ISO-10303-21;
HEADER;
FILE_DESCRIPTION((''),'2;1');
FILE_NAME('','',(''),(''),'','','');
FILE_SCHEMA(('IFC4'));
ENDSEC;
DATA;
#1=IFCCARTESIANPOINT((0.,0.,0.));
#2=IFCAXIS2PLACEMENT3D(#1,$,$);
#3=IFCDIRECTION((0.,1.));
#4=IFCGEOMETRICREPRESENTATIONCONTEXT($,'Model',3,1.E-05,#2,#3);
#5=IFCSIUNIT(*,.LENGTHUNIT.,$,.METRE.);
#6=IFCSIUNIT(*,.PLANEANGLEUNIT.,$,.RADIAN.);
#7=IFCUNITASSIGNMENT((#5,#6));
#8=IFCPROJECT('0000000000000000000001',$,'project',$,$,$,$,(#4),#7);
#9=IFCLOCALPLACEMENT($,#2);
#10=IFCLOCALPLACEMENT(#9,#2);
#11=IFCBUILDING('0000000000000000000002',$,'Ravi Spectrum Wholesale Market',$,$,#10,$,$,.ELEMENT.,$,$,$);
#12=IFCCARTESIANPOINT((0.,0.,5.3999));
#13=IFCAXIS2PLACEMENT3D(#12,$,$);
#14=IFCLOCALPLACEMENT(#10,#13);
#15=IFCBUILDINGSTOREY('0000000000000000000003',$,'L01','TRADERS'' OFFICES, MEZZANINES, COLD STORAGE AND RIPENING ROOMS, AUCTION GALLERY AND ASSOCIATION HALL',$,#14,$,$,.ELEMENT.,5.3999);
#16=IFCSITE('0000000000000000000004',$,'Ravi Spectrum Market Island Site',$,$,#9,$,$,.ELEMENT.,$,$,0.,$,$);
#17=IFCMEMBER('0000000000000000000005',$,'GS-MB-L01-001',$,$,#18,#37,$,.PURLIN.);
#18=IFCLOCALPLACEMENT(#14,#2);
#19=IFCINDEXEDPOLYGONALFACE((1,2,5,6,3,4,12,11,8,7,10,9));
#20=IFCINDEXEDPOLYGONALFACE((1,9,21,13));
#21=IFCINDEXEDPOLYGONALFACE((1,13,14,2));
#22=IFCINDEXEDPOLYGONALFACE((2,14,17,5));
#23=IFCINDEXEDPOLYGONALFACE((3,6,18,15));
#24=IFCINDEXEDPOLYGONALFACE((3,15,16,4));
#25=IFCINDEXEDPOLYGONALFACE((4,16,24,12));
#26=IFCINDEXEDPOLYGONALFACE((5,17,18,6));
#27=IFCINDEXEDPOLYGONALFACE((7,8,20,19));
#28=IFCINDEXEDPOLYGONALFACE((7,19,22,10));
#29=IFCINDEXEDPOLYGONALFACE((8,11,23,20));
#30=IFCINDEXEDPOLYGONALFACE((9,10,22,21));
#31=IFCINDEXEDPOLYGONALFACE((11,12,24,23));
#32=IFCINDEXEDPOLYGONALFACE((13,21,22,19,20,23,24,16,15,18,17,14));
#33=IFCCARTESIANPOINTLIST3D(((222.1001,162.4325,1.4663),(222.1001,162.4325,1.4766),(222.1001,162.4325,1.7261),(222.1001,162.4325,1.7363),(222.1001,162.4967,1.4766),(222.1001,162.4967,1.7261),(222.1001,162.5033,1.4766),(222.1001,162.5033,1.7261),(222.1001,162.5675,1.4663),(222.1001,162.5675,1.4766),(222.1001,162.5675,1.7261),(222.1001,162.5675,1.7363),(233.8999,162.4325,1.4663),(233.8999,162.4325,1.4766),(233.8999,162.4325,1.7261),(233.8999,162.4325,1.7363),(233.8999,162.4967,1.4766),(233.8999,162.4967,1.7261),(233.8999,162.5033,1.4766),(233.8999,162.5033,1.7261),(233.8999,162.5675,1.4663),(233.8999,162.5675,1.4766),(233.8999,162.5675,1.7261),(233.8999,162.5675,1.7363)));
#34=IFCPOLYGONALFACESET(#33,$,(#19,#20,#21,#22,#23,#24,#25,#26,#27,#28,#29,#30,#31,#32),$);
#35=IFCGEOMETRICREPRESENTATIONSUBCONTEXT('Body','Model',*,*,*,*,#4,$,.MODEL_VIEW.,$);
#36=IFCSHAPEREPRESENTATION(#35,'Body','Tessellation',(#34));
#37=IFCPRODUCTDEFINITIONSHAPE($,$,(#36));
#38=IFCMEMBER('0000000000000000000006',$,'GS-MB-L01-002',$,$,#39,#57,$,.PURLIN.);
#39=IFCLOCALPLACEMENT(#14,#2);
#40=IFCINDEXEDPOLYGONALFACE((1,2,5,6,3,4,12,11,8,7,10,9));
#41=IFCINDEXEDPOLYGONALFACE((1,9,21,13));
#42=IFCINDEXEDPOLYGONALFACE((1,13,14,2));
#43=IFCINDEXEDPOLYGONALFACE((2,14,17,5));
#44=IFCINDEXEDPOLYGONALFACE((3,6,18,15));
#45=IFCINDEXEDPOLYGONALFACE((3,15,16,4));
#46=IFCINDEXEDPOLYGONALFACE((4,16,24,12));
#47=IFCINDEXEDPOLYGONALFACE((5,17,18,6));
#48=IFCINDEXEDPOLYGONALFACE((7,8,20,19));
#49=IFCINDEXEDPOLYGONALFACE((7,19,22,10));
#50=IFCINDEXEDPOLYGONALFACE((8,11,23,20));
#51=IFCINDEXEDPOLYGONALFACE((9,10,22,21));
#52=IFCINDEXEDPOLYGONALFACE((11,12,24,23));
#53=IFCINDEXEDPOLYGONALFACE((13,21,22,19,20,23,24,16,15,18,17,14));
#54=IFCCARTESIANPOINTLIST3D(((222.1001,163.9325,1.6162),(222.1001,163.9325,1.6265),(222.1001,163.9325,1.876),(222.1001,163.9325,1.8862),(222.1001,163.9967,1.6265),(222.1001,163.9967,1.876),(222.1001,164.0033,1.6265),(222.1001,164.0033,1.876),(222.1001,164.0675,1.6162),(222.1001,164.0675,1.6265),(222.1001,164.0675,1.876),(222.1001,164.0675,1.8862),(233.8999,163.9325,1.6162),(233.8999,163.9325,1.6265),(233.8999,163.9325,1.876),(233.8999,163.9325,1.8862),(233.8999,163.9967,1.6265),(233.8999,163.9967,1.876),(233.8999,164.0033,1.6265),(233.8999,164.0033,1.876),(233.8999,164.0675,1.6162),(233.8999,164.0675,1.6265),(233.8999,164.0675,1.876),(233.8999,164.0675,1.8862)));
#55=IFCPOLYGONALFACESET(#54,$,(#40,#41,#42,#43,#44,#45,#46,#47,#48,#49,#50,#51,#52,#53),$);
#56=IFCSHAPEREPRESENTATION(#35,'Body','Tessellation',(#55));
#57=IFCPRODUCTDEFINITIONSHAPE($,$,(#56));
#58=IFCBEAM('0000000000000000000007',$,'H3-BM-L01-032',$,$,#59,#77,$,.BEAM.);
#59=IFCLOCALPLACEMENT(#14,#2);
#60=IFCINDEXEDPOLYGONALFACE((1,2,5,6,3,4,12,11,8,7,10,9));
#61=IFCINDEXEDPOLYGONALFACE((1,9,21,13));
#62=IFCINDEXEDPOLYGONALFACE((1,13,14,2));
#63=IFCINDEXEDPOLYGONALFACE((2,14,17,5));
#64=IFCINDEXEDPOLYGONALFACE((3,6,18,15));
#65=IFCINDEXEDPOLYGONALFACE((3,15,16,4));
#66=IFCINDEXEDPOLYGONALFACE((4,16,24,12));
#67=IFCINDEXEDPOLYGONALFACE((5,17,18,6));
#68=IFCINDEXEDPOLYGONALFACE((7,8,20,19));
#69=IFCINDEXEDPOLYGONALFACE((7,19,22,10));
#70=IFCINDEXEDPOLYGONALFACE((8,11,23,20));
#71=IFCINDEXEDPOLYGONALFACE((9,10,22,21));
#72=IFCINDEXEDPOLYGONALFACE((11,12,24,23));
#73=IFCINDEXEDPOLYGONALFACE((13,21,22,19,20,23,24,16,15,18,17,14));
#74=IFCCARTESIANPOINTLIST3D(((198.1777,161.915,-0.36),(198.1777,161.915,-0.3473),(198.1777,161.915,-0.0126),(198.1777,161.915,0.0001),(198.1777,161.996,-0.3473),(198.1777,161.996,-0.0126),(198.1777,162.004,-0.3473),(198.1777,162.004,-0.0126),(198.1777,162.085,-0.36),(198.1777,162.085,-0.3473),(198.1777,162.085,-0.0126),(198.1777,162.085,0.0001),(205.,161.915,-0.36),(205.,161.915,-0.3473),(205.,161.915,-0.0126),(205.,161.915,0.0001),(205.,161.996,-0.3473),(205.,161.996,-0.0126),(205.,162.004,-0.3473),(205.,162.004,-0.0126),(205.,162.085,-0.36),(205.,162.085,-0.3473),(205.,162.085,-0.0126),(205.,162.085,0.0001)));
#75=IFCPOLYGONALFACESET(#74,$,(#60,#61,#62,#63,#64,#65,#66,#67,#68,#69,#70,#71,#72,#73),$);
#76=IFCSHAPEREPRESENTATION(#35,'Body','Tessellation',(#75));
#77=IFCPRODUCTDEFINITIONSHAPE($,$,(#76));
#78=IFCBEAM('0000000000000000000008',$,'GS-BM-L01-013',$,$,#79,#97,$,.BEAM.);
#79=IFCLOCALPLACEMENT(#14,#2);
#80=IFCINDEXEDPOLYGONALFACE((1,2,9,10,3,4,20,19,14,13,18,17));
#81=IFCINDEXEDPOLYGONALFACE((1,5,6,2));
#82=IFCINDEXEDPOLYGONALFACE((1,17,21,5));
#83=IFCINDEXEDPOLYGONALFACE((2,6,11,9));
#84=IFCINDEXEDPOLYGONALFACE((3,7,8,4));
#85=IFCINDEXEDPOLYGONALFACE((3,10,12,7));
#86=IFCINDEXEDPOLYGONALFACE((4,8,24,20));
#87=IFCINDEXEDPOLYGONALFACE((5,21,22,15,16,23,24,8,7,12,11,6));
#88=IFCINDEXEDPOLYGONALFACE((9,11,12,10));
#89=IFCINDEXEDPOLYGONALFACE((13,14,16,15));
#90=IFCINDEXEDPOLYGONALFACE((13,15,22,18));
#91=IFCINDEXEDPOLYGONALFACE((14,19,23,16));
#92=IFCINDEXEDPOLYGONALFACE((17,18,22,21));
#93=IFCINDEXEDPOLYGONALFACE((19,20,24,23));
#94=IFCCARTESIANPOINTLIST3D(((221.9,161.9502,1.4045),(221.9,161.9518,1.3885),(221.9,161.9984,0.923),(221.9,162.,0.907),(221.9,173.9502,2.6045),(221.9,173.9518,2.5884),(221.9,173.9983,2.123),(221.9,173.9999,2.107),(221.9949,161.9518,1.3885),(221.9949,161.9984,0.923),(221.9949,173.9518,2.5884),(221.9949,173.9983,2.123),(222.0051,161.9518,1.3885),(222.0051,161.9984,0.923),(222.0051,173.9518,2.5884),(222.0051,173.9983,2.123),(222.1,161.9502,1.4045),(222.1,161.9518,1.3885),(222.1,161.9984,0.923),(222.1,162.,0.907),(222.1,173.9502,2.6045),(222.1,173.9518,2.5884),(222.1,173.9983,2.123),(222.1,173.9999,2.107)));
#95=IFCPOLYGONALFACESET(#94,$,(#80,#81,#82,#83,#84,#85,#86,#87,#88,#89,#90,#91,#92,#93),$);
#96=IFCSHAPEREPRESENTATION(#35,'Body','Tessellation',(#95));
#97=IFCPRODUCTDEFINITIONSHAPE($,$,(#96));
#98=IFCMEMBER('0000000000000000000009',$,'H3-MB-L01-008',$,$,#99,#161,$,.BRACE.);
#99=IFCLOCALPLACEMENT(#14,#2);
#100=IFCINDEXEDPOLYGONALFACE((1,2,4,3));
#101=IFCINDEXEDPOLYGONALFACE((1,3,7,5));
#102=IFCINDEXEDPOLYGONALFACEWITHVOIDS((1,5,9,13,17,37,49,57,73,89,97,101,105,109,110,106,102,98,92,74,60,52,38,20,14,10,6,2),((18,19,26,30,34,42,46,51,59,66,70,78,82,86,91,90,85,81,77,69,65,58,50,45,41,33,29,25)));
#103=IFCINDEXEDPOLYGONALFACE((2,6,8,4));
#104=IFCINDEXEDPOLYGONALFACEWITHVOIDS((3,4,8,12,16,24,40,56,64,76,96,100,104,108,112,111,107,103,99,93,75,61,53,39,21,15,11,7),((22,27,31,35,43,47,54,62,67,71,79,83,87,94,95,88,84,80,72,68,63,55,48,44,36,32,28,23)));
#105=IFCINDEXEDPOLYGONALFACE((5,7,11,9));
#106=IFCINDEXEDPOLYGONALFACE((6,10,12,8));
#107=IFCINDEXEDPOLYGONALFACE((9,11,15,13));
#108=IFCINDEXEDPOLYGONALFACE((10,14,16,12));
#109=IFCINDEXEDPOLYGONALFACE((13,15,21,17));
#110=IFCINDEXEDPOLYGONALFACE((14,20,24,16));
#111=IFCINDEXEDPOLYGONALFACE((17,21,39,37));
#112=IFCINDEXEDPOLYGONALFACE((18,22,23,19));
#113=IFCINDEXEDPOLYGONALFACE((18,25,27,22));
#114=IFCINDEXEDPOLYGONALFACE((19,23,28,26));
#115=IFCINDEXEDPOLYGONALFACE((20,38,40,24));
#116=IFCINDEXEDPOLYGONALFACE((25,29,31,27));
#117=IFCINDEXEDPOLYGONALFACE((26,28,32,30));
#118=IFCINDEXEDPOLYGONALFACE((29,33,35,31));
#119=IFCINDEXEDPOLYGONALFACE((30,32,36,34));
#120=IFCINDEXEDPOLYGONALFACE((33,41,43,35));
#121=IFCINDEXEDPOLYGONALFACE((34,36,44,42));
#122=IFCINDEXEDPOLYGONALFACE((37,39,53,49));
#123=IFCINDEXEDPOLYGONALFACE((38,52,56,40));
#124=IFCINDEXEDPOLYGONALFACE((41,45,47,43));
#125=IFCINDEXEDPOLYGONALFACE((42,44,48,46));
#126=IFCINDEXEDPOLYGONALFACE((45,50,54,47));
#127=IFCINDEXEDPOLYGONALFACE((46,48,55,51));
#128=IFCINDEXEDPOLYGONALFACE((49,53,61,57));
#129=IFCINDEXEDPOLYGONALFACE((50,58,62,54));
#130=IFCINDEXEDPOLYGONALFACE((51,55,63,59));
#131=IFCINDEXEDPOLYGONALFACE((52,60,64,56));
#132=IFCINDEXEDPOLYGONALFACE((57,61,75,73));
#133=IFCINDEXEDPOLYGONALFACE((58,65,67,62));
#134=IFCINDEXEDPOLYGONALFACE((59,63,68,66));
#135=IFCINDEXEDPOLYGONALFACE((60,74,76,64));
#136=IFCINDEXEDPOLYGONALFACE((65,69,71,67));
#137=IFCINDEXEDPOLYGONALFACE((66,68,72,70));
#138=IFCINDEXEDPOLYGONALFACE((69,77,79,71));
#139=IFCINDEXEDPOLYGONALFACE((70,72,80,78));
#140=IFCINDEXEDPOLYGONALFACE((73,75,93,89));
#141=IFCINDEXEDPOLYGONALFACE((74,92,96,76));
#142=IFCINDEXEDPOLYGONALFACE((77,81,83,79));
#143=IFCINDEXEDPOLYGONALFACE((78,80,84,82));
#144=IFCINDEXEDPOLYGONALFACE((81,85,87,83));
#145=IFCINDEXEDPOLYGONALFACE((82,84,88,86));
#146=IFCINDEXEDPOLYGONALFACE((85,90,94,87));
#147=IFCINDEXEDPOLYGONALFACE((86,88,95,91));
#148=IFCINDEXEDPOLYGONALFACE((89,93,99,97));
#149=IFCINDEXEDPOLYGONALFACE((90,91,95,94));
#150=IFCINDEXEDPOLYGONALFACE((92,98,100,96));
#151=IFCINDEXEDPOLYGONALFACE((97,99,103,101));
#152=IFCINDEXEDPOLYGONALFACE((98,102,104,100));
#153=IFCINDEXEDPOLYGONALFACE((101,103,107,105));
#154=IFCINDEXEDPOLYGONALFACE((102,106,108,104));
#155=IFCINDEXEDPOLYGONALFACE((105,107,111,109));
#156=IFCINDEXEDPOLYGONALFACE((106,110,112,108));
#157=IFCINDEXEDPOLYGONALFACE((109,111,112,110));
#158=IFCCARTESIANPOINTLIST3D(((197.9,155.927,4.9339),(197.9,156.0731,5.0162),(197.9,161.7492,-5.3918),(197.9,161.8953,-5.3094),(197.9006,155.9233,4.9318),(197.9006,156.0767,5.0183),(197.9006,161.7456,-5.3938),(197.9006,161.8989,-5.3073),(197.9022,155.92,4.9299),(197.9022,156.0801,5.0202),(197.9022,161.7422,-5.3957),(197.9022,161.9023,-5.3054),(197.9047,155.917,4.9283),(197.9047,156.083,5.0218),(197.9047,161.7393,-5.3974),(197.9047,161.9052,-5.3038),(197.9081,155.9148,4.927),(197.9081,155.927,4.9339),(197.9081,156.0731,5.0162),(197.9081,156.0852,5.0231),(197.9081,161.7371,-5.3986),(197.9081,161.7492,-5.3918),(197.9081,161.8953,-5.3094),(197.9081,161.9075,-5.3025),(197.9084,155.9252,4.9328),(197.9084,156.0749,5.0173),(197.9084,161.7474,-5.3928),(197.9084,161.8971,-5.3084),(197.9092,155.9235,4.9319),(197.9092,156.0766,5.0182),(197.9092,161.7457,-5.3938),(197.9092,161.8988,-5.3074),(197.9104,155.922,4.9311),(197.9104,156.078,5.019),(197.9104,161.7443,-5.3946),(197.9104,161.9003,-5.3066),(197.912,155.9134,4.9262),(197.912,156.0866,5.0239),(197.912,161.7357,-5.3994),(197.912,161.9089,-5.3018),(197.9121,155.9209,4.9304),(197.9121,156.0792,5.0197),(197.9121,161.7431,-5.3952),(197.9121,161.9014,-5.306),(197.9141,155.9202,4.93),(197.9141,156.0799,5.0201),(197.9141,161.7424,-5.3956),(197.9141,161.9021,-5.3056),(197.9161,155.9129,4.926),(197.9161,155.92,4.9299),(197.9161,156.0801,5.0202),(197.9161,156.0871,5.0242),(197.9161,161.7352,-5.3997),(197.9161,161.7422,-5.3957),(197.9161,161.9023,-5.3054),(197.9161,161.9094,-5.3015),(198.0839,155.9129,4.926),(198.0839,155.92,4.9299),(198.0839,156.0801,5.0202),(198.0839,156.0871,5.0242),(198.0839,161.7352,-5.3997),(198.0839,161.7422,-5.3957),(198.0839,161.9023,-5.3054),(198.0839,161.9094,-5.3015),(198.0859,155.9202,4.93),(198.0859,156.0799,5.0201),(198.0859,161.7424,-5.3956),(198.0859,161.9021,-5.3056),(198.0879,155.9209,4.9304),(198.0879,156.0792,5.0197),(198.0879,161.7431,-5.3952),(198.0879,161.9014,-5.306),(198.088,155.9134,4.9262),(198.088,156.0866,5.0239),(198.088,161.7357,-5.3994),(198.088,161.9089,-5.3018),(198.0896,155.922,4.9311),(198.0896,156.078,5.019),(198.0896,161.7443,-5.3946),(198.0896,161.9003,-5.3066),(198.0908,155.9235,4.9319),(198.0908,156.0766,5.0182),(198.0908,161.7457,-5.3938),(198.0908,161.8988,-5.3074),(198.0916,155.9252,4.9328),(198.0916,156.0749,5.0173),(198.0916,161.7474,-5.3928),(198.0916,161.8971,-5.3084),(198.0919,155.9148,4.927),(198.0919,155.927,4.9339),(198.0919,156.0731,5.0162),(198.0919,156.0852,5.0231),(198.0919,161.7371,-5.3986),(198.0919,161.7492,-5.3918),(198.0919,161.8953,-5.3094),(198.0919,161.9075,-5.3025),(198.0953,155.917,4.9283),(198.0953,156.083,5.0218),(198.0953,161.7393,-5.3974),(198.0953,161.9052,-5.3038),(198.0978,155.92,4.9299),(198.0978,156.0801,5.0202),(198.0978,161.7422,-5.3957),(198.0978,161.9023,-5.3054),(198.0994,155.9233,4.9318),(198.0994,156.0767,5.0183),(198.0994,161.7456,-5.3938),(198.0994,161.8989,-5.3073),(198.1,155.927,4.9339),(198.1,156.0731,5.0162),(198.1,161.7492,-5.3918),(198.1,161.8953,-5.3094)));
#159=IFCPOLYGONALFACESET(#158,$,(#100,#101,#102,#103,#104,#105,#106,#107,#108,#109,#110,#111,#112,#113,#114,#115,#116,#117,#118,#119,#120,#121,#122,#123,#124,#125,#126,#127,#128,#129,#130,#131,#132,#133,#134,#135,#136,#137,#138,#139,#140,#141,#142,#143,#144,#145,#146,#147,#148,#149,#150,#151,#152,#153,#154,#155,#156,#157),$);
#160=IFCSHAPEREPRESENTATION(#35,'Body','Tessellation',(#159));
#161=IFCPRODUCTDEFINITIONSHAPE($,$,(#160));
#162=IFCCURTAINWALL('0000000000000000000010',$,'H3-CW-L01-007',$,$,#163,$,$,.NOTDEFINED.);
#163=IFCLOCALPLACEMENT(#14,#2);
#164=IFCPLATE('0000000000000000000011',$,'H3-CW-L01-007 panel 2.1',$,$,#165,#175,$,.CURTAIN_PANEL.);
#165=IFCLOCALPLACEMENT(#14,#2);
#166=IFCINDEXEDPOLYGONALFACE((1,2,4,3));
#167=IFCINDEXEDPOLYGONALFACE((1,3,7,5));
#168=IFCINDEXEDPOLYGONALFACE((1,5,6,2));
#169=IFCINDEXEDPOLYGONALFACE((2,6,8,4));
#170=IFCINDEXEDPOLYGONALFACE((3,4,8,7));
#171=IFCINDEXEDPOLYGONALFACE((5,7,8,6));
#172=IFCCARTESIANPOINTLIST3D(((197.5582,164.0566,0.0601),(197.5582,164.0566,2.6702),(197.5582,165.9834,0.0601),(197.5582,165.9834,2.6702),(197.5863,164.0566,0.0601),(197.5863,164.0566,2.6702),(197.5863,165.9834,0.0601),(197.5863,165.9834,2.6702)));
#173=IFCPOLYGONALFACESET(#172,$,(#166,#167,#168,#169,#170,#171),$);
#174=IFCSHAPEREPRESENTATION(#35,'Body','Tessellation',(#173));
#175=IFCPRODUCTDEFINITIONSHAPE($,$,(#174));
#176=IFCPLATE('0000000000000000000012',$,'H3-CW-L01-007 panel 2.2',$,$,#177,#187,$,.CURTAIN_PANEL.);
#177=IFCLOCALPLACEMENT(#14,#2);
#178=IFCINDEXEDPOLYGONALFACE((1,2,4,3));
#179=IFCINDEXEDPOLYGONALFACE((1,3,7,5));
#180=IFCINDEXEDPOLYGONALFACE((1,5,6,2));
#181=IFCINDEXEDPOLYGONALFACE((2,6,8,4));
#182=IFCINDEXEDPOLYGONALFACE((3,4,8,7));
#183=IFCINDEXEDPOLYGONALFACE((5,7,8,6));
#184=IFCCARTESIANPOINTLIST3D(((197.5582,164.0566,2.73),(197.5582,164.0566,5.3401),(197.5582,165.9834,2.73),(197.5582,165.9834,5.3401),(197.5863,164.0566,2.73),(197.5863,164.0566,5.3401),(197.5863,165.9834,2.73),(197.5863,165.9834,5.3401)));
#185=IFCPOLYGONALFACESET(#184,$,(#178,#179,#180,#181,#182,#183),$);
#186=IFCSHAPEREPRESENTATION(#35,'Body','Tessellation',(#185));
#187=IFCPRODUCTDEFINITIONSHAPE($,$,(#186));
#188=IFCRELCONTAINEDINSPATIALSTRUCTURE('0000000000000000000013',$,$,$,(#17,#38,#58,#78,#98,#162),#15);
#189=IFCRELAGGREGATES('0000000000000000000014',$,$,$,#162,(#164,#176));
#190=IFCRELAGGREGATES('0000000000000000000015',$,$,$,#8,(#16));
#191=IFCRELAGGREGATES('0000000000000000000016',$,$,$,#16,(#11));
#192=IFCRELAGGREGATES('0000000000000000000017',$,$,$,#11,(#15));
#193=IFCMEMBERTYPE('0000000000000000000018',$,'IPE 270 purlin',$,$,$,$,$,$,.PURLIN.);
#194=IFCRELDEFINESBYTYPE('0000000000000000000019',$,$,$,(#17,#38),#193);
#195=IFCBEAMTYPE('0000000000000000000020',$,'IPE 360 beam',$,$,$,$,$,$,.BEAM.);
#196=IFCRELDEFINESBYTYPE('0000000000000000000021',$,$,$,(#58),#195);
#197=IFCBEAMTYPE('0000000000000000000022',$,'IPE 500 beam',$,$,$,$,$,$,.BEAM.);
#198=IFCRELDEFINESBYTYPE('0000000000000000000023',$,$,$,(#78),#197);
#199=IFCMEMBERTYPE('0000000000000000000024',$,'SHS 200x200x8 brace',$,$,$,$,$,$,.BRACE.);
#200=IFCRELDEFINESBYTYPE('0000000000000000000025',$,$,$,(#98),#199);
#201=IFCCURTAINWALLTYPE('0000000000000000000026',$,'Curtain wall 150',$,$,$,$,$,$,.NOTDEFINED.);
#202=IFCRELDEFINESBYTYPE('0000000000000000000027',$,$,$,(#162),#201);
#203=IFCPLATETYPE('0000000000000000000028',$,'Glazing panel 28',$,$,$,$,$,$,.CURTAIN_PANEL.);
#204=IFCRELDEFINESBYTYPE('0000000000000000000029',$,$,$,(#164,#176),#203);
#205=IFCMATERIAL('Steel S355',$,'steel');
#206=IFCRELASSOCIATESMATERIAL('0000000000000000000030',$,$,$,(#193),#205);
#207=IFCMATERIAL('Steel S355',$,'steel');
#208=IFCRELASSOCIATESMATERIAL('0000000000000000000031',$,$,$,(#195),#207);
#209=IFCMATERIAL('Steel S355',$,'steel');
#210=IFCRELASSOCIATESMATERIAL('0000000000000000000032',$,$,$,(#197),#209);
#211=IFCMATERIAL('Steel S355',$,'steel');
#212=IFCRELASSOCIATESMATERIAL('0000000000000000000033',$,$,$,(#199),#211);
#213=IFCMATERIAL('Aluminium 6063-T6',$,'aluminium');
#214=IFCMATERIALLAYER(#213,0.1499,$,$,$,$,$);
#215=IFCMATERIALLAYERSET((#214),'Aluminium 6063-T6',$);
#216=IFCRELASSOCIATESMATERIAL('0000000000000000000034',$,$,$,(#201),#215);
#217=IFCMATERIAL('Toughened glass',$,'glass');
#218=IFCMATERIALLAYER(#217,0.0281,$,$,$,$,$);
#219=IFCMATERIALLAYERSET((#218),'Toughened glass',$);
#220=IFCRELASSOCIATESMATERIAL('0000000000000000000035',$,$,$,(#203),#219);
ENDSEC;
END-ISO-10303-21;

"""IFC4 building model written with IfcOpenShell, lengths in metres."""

from ifc_helpers import new_model, si_unit, direction, frame, origin, origin_2d, place, context, subcontext, project, spatial, rectangle, hollow_rectangle, i_section, extrude, material, layer, layer_set, material_profile, profile_set, type_object, element, aggregate, save


model = new_model("IFC4")

# Units and contexts
model_context = context("Model", 3, precision=1e-05, world=origin(), true_north=direction((0.0, 1.0)))
body_context = subcontext(model_context, "Body", "Model", "MODEL_VIEW")
ifc_project = project(units=[si_unit("LENGTHUNIT", "METRE"), si_unit("PLANEANGLEUNIT", "RADIAN")], contexts=[model_context])

# Site, building, storey
site_placement = place(None, origin())
site = spatial("IfcSite", under=ifc_project, at=site_placement, Name="Ravi Spectrum Market Island Site", CompositionType="ELEMENT", RefElevation=0.0)
building_placement = place(site_placement, origin())
building = spatial("IfcBuilding", under=site, at=building_placement, Name="Ravi Spectrum Wholesale Market", CompositionType="ELEMENT")
storey_placement = place(building_placement, frame((0.0, 0.0, 5.3999)))
storey = spatial("IfcBuildingStorey", under=building, at=storey_placement, Name="L01", Description="TRADERS' OFFICES, MEZZANINES, COLD STORAGE AND RIPENING ROOMS, AUCTION GALLERY AND ASSOCIATION HALL", CompositionType="ELEMENT", Elevation=5.3999)

# Members
ifc_material_1 = material(Name="Steel S355", Category="steel")
ifc_material_profile_1 = material_profile(ifc_material_1, i_section(OverallWidth=0.135, OverallDepth=0.27, WebThickness=0.0066, FlangeThickness=0.0103, at=origin_2d()))
ifc_profile_set_1 = profile_set([ifc_material_profile_1], Name="Steel S355")
member_type_1 = type_object("IfcMemberType", Name="IPE 270 purlin", PredefinedType="PURLIN", material=ifc_profile_set_1)
for number, where, z_axis, x_axis, name in (
    (1, (222.1001, 162.5, 1.6013), (1.0, 0.0, 0.0), (0.0, 1.0, 0.0), "GS-MB-L01-001"),
    (2, (222.1001, 164.0, 1.7512), (1.0, 0.0, 0.0), (0.0, 1.0, 0.0), "GS-MB-L01-002"),
):
    element("IfcMember", number, at=place(storey_placement, frame(where, z_axis=z_axis, x_axis=x_axis)), inside=storey, type_object=member_type_1, Name=name, PredefinedType="PURLIN", context=body_context, shape_type="SweptSolid", body=[
        extrude(i_section(OverallWidth=0.135, OverallDepth=0.27, WebThickness=0.0066, FlangeThickness=0.0103, at=origin_2d()), origin(), (0.0, 0.0, 1.0), 11.7998),
    ])

# Beams
ifc_material_2 = material(Name="Steel S355", Category="steel")
ifc_material_profile_2 = material_profile(ifc_material_2, i_section(OverallWidth=0.1699, OverallDepth=0.3601, WebThickness=0.0081, FlangeThickness=0.0127, at=origin_2d()))
ifc_profile_set_2 = profile_set([ifc_material_profile_2], Name="Steel S355")
beam_type_1 = type_object("IfcBeamType", Name="IPE 360 beam", PredefinedType="BEAM", material=ifc_profile_set_2)
beam_1_placement = place(storey_placement, frame((198.1777, 162.0, -0.1799), z_axis=(1.0, 0.0, 0.0), x_axis=(0.0, 1.0, 0.0)))
element("IfcBeam", 3, at=beam_1_placement, inside=storey, type_object=beam_type_1, Name="H3-BM-L01-032", PredefinedType="BEAM", context=body_context, shape_type="SweptSolid", body=[
    extrude(i_section(OverallWidth=0.1699, OverallDepth=0.3601, WebThickness=0.0081, FlangeThickness=0.0127, at=origin_2d()), origin(), (0.0, 0.0, 1.0), 6.8223),
])
ifc_material_3 = material(Name="Steel S355", Category="steel")
ifc_material_profile_3 = material_profile(ifc_material_3, i_section(OverallWidth=0.2, OverallDepth=0.5, WebThickness=0.0103, FlangeThickness=0.0161, at=origin_2d()))
ifc_profile_set_3 = profile_set([ifc_material_profile_3], Name="Steel S355")
beam_type_2 = type_object("IfcBeamType", Name="IPE 500 beam", PredefinedType="BEAM", material=ifc_profile_set_3)
beam_2_placement = place(storey_placement, frame((222.0, 161.9751, 1.1558), z_axis=(0.0, 0.995038, 0.0995), x_axis=(-1.0, 0.0, 0.0)))
element("IfcBeam", 4, at=beam_2_placement, inside=storey, type_object=beam_type_2, Name="GS-BM-L01-013", PredefinedType="BEAM", context=body_context, shape_type="SweptSolid", body=[
    extrude(i_section(OverallWidth=0.2, OverallDepth=0.5, WebThickness=0.0103, FlangeThickness=0.0161, at=origin_2d()), origin(), (0.0, 0.0, 1.0), 12.0598),
])

# Member
ifc_material_4 = material(Name="Steel S355", Category="steel")
ifc_material_profile_4 = material_profile(ifc_material_4, hollow_rectangle(XDim=0.2, YDim=0.2, WallThickness=0.0081, InnerFilletRadius=0.0081, OuterFilletRadius=0.0161, at=origin_2d()))
ifc_profile_set_4 = profile_set([ifc_material_profile_4], Name="Steel S355")
member_type_2 = type_object("IfcMemberType", Name="SHS 200x200x8 brace", PredefinedType="BRACE", material=ifc_profile_set_4)
member_placement = place(storey_placement, frame((198.0, 161.8223, -5.3506), z_axis=(0.0, -0.491163, 0.871068), x_axis=(1.0, 0.0, 0.0)))
element("IfcMember", 5, at=member_placement, inside=storey, type_object=member_type_2, Name="H3-MB-L01-008", PredefinedType="BRACE", context=body_context, shape_type="SweptSolid", body=[
    extrude(hollow_rectangle(XDim=0.2, YDim=0.2, WallThickness=0.0081, InnerFilletRadius=0.0081, OuterFilletRadius=0.0161, at=origin_2d()), origin(), (0.0, 0.0, 1.0), 11.854),
])

# Curtain wall, plates
ifc_material_5 = material(Name="Aluminium 6063-T6", Category="aluminium")
ifc_layer_1 = layer(ifc_material_5, 0.1499)
ifc_layer_set_1 = layer_set([ifc_layer_1], Name="Aluminium 6063-T6")
curtain_wall_type = type_object("IfcCurtainWallType", Name="Curtain wall 150", PredefinedType="NOTDEFINED", material=ifc_layer_set_1)
curtain_wall_placement = place(storey_placement, origin())
curtain_wall = element("IfcCurtainWall", 6, at=curtain_wall_placement, inside=storey, type_object=curtain_wall_type, Name="H3-CW-L01-007", PredefinedType="NOTDEFINED")
ifc_material_6 = material(Name="Toughened glass", Category="glass")
ifc_layer_2 = layer(ifc_material_6, 0.0281)
ifc_layer_set_2 = layer_set([ifc_layer_2], Name="Toughened glass")
plate_type = type_object("IfcPlateType", Name="Glazing panel 28", PredefinedType="CURTAIN_PANEL", material=ifc_layer_set_2)
plate_1_placement = place(storey_placement, frame((197.5723, 165.02, 0.0601), z_axis=(0.0, 0.0, 1.0), x_axis=(0.0, 1.0, 0.0)))
plate_1 = element("IfcPlate", 7, at=plate_1_placement, type_object=plate_type, Name="H3-CW-L01-007 panel 2.1", PredefinedType="CURTAIN_PANEL", context=body_context, shape_type="SweptSolid", body=[
    extrude(rectangle(XDim=1.9268, YDim=0.0281, at=origin_2d()), origin(), (0.0, 0.0, 1.0), 2.6101),
])
plate_2_placement = place(storey_placement, frame((197.5723, 165.02, 2.73), z_axis=(0.0, 0.0, 1.0), x_axis=(0.0, 1.0, 0.0)))
plate_2 = element("IfcPlate", 8, at=plate_2_placement, type_object=plate_type, Name="H3-CW-L01-007 panel 2.2", PredefinedType="CURTAIN_PANEL", context=body_context, shape_type="SweptSolid", body=[
    extrude(rectangle(XDim=1.9268, YDim=0.0281, at=origin_2d()), origin(), (0.0, 0.0, 1.0), 2.6101),
])
aggregate(curtain_wall, [plate_1, plate_2])

save(model, "model.ifc")
